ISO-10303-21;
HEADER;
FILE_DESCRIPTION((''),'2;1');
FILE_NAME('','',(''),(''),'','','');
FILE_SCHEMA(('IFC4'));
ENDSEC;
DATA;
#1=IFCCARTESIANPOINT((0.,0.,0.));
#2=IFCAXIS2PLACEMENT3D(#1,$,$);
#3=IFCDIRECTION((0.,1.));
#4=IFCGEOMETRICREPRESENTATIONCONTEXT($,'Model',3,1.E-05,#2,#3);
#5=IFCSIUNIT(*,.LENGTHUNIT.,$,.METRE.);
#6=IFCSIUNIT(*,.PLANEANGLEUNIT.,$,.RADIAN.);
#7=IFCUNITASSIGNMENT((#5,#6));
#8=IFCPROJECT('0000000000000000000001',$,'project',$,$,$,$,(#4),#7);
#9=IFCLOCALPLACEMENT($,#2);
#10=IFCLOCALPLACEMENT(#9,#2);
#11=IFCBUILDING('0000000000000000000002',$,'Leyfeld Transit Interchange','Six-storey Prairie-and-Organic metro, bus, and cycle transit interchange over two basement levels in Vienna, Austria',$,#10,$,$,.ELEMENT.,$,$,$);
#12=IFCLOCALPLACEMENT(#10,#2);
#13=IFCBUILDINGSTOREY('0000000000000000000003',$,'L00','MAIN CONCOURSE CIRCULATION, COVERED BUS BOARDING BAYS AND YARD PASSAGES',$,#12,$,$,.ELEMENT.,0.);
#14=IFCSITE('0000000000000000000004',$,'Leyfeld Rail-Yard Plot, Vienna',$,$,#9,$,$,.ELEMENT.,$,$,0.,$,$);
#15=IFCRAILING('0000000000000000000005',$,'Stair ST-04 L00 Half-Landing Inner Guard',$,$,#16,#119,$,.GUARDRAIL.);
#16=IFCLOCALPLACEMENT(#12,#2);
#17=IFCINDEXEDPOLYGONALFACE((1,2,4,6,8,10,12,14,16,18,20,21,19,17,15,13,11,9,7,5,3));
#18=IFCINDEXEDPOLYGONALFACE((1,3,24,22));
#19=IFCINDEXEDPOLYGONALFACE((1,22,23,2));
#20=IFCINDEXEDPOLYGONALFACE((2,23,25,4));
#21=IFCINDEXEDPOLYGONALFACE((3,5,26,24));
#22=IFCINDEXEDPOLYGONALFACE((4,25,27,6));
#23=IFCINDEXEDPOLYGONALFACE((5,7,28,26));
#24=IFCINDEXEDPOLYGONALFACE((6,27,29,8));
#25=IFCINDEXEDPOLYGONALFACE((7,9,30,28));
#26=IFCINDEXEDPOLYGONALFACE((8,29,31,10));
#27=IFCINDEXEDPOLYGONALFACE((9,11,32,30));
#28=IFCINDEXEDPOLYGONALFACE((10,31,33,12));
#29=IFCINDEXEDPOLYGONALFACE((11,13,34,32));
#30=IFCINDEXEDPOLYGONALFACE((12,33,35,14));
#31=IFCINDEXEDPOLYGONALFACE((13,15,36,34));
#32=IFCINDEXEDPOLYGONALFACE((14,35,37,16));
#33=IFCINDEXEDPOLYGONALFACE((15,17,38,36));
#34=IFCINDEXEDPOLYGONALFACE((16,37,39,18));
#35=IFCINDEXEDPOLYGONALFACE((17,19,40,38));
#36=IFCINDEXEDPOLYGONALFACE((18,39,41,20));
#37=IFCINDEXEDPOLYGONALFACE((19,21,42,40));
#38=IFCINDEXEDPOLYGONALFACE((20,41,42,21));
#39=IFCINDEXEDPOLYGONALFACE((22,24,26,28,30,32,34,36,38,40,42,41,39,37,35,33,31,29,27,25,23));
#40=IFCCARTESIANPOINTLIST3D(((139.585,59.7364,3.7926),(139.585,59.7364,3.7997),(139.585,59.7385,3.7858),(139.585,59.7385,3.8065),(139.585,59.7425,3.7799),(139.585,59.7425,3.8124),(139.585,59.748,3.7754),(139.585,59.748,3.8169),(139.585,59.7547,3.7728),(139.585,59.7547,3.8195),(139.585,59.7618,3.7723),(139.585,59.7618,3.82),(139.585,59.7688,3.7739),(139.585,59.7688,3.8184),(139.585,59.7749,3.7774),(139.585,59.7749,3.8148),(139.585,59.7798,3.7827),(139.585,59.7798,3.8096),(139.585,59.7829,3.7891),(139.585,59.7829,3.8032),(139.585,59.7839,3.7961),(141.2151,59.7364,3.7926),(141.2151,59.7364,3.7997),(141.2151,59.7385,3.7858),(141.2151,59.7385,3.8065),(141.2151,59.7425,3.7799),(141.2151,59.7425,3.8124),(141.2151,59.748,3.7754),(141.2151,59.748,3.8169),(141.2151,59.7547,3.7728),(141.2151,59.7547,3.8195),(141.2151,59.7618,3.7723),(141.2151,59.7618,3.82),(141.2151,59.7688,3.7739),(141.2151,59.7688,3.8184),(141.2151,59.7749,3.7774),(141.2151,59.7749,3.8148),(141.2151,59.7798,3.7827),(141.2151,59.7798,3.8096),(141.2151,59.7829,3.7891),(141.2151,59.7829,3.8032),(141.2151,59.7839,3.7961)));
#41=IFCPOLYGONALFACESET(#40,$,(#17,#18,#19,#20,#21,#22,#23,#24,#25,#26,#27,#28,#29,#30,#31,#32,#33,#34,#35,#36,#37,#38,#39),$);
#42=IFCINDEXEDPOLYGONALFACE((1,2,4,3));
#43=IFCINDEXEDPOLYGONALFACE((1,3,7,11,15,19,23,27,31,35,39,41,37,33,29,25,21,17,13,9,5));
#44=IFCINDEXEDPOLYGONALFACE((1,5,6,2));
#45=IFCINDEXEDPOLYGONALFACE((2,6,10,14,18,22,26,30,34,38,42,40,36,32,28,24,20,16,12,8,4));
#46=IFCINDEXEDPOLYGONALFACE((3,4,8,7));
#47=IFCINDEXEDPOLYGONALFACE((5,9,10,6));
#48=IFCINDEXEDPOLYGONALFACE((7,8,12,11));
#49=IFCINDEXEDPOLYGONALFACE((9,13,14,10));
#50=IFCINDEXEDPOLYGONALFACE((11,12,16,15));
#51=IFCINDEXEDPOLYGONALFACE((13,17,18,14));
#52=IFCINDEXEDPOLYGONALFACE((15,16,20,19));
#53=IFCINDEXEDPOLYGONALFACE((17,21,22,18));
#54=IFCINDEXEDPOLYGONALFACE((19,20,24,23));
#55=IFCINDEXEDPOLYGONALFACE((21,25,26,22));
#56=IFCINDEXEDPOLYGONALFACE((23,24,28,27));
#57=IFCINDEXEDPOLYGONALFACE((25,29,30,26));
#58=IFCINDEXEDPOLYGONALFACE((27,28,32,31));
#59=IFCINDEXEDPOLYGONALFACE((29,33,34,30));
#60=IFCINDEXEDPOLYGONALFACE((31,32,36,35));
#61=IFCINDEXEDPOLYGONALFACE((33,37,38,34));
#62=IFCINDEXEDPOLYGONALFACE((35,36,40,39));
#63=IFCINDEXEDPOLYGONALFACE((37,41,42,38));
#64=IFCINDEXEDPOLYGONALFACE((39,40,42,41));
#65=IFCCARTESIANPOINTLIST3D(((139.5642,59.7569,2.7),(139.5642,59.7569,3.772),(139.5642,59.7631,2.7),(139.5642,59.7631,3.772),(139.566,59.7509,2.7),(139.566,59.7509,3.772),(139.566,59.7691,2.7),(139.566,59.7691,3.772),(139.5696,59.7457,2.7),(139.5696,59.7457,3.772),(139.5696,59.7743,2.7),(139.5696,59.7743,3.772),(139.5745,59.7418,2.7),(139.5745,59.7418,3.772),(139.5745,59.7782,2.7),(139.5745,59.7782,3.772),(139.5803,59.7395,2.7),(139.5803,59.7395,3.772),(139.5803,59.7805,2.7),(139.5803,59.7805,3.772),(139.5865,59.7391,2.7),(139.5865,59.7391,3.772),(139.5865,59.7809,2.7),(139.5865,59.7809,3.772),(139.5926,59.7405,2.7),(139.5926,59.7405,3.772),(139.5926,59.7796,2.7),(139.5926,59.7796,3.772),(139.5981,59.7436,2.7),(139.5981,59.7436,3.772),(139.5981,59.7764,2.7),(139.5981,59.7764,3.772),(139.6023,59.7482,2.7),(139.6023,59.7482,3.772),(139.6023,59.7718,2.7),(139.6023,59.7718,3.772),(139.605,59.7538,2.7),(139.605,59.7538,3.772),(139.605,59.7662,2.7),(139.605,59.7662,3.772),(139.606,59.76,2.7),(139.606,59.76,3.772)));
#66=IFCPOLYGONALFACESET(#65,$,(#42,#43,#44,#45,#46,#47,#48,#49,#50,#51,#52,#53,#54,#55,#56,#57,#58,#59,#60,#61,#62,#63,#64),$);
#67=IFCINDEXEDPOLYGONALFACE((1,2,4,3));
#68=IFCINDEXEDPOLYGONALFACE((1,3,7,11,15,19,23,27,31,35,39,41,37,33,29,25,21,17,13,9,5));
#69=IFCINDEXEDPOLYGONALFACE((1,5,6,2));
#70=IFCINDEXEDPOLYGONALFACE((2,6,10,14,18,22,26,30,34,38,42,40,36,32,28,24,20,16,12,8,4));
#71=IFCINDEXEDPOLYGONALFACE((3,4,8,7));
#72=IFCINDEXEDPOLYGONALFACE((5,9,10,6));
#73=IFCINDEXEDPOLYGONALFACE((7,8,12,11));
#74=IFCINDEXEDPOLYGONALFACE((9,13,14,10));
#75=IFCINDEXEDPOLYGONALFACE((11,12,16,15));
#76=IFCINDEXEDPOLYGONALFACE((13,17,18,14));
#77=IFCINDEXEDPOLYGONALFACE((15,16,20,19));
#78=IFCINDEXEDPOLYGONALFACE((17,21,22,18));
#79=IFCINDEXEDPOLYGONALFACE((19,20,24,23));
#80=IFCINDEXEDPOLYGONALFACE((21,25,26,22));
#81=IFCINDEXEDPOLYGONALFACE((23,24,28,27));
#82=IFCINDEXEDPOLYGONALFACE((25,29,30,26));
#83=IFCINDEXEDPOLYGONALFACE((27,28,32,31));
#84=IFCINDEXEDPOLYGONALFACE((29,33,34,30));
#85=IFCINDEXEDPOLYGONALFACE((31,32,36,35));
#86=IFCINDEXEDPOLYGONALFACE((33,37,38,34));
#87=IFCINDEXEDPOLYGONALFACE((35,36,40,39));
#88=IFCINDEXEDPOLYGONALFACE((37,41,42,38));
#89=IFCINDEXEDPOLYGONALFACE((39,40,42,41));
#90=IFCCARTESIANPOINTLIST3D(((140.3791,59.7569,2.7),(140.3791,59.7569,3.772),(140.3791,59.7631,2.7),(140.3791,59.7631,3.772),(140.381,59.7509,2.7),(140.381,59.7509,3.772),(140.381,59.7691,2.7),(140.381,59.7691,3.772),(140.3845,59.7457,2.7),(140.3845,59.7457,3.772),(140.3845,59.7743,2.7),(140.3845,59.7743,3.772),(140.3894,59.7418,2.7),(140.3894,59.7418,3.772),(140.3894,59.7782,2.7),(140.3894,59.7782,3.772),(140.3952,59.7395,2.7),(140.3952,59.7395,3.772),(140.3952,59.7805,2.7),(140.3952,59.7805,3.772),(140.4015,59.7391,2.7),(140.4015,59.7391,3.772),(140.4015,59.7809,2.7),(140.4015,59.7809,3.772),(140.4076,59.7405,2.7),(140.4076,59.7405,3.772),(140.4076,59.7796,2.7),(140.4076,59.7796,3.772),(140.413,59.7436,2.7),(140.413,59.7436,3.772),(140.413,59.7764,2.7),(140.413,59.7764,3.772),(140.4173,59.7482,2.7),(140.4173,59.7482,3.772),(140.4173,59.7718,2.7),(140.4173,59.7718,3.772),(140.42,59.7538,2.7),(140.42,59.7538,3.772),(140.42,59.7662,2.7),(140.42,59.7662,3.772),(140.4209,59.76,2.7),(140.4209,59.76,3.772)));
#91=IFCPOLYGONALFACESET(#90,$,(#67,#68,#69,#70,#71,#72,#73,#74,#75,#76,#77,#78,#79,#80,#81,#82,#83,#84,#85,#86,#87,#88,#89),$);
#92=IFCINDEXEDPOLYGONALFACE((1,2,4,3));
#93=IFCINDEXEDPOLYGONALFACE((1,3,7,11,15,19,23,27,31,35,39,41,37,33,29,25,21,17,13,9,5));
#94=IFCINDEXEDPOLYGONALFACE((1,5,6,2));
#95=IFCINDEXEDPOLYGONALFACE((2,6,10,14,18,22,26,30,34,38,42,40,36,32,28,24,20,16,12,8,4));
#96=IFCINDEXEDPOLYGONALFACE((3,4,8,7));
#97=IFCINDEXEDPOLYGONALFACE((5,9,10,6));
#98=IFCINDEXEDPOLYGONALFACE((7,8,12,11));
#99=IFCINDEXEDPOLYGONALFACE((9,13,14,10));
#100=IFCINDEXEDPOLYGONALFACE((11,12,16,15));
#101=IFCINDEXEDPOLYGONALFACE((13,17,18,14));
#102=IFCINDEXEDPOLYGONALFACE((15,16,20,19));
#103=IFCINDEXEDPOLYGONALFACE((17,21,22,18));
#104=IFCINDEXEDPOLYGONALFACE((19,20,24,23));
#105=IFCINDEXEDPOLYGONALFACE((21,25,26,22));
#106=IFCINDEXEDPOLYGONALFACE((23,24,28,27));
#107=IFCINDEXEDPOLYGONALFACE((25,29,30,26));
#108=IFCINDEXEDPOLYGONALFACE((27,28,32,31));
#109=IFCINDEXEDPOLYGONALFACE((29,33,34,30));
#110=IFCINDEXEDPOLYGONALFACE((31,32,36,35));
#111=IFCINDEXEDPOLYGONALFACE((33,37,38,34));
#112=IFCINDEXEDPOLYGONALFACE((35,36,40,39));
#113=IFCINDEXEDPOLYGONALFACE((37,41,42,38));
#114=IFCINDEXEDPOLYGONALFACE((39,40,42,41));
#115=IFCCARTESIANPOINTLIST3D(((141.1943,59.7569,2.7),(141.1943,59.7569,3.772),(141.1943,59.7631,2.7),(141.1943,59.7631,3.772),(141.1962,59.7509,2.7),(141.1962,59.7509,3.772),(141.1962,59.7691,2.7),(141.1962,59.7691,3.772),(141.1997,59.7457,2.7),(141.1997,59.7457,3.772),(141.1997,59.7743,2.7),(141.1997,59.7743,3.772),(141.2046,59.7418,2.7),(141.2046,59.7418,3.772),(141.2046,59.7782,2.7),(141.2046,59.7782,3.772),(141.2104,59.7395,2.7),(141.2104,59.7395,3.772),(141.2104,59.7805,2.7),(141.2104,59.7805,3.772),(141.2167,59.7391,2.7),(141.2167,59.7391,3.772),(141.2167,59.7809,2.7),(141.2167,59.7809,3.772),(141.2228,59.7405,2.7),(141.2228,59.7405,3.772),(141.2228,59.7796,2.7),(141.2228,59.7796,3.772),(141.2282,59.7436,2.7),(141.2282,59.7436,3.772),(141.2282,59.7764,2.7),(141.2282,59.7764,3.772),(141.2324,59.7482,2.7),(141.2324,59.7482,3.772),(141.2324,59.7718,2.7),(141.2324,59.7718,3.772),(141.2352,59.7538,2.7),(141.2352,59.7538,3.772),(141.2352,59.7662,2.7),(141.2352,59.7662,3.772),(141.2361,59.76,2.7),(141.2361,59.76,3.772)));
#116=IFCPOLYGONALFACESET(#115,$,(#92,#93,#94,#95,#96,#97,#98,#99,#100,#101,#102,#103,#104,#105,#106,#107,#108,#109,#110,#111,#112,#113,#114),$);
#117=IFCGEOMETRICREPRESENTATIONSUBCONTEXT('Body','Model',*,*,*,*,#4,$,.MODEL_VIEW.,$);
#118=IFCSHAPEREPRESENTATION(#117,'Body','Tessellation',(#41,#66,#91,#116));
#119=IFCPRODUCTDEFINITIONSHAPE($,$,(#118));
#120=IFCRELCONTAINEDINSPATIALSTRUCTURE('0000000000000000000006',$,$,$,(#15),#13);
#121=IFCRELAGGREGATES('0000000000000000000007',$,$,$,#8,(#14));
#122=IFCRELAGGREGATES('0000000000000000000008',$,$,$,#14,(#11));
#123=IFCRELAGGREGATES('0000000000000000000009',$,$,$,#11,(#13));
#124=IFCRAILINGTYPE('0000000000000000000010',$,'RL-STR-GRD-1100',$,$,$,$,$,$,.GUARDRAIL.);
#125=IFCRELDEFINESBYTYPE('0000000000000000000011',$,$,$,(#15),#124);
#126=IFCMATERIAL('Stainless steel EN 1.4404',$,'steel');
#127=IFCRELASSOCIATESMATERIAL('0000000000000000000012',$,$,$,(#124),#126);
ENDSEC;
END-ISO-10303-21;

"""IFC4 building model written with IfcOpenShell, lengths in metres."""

from ifc_helpers import new_model, si_unit, direction, frame, origin, origin_2d, place, context, subcontext, project, spatial, circle, extrude, material, type_object, element, save


model = new_model("IFC4")

# Units and contexts
model_context = context("Model", 3, precision=1e-05, world=origin(), true_north=direction((0.0, 1.0)))
body_context = subcontext(model_context, "Body", "Model", "MODEL_VIEW")
ifc_project = project(units=[si_unit("LENGTHUNIT", "METRE"), si_unit("PLANEANGLEUNIT", "RADIAN")], contexts=[model_context])

# Site, building, storey
site_placement = place(None, origin())
site = spatial("IfcSite", under=ifc_project, at=site_placement, Name="Leyfeld Rail-Yard Plot, Vienna", CompositionType="ELEMENT", RefElevation=0.0)
building_placement = place(site_placement, origin())
building = spatial("IfcBuilding", under=site, at=building_placement, Name="Leyfeld Transit Interchange", Description="Six-storey Prairie-and-Organic metro, bus, and cycle transit interchange over two basement levels in Vienna, Austria", CompositionType="ELEMENT")
storey_placement = place(building_placement, origin())
storey = spatial("IfcBuildingStorey", under=building, at=storey_placement, Name="L00", Description="MAIN CONCOURSE CIRCULATION, COVERED BUS BOARDING BAYS AND YARD PASSAGES", CompositionType="ELEMENT", Elevation=0.0)

# Railing
ifc_material_1 = material(Name="Stainless steel EN 1.4404", Category="steel")
railing_type_1 = type_object("IfcRailingType", Name="RL-STR-GRD-1100", PredefinedType="GUARDRAIL", material=ifc_material_1)
railing_1_placement = place(storey_placement, frame((139.585, 59.76, 2.7)))
element("IfcRailing", 1, at=railing_1_placement, inside=storey, type_object=railing_type_1, Name="Stair ST-04 L00 Half-Landing Inner Guard", PredefinedType="GUARDRAIL", context=body_context, shape_type="SweptSolid", body=[
    extrude(circle(Radius=0.0239, at=origin_2d()), frame((0.0, 0.0, 1.0962), z_axis=(1.0, 0.0, 0.0), x_axis=(0.0, 1.0, 0.0)), (0.0, 0.0, 1.0), 1.6301),
    extrude(circle(Radius=0.021, at=origin_2d()), origin(), (0.0, 0.0, 1.0), 1.072),
    extrude(circle(Radius=0.021, at=origin_2d()), frame((0.8149, 0.0, 0.0)), (0.0, 0.0, 1.0), 1.072),
    extrude(circle(Radius=0.021, at=origin_2d()), frame((1.6301, 0.0, 0.0)), (0.0, 0.0, 1.0), 1.072),
])

save(model, "model.ifc")
